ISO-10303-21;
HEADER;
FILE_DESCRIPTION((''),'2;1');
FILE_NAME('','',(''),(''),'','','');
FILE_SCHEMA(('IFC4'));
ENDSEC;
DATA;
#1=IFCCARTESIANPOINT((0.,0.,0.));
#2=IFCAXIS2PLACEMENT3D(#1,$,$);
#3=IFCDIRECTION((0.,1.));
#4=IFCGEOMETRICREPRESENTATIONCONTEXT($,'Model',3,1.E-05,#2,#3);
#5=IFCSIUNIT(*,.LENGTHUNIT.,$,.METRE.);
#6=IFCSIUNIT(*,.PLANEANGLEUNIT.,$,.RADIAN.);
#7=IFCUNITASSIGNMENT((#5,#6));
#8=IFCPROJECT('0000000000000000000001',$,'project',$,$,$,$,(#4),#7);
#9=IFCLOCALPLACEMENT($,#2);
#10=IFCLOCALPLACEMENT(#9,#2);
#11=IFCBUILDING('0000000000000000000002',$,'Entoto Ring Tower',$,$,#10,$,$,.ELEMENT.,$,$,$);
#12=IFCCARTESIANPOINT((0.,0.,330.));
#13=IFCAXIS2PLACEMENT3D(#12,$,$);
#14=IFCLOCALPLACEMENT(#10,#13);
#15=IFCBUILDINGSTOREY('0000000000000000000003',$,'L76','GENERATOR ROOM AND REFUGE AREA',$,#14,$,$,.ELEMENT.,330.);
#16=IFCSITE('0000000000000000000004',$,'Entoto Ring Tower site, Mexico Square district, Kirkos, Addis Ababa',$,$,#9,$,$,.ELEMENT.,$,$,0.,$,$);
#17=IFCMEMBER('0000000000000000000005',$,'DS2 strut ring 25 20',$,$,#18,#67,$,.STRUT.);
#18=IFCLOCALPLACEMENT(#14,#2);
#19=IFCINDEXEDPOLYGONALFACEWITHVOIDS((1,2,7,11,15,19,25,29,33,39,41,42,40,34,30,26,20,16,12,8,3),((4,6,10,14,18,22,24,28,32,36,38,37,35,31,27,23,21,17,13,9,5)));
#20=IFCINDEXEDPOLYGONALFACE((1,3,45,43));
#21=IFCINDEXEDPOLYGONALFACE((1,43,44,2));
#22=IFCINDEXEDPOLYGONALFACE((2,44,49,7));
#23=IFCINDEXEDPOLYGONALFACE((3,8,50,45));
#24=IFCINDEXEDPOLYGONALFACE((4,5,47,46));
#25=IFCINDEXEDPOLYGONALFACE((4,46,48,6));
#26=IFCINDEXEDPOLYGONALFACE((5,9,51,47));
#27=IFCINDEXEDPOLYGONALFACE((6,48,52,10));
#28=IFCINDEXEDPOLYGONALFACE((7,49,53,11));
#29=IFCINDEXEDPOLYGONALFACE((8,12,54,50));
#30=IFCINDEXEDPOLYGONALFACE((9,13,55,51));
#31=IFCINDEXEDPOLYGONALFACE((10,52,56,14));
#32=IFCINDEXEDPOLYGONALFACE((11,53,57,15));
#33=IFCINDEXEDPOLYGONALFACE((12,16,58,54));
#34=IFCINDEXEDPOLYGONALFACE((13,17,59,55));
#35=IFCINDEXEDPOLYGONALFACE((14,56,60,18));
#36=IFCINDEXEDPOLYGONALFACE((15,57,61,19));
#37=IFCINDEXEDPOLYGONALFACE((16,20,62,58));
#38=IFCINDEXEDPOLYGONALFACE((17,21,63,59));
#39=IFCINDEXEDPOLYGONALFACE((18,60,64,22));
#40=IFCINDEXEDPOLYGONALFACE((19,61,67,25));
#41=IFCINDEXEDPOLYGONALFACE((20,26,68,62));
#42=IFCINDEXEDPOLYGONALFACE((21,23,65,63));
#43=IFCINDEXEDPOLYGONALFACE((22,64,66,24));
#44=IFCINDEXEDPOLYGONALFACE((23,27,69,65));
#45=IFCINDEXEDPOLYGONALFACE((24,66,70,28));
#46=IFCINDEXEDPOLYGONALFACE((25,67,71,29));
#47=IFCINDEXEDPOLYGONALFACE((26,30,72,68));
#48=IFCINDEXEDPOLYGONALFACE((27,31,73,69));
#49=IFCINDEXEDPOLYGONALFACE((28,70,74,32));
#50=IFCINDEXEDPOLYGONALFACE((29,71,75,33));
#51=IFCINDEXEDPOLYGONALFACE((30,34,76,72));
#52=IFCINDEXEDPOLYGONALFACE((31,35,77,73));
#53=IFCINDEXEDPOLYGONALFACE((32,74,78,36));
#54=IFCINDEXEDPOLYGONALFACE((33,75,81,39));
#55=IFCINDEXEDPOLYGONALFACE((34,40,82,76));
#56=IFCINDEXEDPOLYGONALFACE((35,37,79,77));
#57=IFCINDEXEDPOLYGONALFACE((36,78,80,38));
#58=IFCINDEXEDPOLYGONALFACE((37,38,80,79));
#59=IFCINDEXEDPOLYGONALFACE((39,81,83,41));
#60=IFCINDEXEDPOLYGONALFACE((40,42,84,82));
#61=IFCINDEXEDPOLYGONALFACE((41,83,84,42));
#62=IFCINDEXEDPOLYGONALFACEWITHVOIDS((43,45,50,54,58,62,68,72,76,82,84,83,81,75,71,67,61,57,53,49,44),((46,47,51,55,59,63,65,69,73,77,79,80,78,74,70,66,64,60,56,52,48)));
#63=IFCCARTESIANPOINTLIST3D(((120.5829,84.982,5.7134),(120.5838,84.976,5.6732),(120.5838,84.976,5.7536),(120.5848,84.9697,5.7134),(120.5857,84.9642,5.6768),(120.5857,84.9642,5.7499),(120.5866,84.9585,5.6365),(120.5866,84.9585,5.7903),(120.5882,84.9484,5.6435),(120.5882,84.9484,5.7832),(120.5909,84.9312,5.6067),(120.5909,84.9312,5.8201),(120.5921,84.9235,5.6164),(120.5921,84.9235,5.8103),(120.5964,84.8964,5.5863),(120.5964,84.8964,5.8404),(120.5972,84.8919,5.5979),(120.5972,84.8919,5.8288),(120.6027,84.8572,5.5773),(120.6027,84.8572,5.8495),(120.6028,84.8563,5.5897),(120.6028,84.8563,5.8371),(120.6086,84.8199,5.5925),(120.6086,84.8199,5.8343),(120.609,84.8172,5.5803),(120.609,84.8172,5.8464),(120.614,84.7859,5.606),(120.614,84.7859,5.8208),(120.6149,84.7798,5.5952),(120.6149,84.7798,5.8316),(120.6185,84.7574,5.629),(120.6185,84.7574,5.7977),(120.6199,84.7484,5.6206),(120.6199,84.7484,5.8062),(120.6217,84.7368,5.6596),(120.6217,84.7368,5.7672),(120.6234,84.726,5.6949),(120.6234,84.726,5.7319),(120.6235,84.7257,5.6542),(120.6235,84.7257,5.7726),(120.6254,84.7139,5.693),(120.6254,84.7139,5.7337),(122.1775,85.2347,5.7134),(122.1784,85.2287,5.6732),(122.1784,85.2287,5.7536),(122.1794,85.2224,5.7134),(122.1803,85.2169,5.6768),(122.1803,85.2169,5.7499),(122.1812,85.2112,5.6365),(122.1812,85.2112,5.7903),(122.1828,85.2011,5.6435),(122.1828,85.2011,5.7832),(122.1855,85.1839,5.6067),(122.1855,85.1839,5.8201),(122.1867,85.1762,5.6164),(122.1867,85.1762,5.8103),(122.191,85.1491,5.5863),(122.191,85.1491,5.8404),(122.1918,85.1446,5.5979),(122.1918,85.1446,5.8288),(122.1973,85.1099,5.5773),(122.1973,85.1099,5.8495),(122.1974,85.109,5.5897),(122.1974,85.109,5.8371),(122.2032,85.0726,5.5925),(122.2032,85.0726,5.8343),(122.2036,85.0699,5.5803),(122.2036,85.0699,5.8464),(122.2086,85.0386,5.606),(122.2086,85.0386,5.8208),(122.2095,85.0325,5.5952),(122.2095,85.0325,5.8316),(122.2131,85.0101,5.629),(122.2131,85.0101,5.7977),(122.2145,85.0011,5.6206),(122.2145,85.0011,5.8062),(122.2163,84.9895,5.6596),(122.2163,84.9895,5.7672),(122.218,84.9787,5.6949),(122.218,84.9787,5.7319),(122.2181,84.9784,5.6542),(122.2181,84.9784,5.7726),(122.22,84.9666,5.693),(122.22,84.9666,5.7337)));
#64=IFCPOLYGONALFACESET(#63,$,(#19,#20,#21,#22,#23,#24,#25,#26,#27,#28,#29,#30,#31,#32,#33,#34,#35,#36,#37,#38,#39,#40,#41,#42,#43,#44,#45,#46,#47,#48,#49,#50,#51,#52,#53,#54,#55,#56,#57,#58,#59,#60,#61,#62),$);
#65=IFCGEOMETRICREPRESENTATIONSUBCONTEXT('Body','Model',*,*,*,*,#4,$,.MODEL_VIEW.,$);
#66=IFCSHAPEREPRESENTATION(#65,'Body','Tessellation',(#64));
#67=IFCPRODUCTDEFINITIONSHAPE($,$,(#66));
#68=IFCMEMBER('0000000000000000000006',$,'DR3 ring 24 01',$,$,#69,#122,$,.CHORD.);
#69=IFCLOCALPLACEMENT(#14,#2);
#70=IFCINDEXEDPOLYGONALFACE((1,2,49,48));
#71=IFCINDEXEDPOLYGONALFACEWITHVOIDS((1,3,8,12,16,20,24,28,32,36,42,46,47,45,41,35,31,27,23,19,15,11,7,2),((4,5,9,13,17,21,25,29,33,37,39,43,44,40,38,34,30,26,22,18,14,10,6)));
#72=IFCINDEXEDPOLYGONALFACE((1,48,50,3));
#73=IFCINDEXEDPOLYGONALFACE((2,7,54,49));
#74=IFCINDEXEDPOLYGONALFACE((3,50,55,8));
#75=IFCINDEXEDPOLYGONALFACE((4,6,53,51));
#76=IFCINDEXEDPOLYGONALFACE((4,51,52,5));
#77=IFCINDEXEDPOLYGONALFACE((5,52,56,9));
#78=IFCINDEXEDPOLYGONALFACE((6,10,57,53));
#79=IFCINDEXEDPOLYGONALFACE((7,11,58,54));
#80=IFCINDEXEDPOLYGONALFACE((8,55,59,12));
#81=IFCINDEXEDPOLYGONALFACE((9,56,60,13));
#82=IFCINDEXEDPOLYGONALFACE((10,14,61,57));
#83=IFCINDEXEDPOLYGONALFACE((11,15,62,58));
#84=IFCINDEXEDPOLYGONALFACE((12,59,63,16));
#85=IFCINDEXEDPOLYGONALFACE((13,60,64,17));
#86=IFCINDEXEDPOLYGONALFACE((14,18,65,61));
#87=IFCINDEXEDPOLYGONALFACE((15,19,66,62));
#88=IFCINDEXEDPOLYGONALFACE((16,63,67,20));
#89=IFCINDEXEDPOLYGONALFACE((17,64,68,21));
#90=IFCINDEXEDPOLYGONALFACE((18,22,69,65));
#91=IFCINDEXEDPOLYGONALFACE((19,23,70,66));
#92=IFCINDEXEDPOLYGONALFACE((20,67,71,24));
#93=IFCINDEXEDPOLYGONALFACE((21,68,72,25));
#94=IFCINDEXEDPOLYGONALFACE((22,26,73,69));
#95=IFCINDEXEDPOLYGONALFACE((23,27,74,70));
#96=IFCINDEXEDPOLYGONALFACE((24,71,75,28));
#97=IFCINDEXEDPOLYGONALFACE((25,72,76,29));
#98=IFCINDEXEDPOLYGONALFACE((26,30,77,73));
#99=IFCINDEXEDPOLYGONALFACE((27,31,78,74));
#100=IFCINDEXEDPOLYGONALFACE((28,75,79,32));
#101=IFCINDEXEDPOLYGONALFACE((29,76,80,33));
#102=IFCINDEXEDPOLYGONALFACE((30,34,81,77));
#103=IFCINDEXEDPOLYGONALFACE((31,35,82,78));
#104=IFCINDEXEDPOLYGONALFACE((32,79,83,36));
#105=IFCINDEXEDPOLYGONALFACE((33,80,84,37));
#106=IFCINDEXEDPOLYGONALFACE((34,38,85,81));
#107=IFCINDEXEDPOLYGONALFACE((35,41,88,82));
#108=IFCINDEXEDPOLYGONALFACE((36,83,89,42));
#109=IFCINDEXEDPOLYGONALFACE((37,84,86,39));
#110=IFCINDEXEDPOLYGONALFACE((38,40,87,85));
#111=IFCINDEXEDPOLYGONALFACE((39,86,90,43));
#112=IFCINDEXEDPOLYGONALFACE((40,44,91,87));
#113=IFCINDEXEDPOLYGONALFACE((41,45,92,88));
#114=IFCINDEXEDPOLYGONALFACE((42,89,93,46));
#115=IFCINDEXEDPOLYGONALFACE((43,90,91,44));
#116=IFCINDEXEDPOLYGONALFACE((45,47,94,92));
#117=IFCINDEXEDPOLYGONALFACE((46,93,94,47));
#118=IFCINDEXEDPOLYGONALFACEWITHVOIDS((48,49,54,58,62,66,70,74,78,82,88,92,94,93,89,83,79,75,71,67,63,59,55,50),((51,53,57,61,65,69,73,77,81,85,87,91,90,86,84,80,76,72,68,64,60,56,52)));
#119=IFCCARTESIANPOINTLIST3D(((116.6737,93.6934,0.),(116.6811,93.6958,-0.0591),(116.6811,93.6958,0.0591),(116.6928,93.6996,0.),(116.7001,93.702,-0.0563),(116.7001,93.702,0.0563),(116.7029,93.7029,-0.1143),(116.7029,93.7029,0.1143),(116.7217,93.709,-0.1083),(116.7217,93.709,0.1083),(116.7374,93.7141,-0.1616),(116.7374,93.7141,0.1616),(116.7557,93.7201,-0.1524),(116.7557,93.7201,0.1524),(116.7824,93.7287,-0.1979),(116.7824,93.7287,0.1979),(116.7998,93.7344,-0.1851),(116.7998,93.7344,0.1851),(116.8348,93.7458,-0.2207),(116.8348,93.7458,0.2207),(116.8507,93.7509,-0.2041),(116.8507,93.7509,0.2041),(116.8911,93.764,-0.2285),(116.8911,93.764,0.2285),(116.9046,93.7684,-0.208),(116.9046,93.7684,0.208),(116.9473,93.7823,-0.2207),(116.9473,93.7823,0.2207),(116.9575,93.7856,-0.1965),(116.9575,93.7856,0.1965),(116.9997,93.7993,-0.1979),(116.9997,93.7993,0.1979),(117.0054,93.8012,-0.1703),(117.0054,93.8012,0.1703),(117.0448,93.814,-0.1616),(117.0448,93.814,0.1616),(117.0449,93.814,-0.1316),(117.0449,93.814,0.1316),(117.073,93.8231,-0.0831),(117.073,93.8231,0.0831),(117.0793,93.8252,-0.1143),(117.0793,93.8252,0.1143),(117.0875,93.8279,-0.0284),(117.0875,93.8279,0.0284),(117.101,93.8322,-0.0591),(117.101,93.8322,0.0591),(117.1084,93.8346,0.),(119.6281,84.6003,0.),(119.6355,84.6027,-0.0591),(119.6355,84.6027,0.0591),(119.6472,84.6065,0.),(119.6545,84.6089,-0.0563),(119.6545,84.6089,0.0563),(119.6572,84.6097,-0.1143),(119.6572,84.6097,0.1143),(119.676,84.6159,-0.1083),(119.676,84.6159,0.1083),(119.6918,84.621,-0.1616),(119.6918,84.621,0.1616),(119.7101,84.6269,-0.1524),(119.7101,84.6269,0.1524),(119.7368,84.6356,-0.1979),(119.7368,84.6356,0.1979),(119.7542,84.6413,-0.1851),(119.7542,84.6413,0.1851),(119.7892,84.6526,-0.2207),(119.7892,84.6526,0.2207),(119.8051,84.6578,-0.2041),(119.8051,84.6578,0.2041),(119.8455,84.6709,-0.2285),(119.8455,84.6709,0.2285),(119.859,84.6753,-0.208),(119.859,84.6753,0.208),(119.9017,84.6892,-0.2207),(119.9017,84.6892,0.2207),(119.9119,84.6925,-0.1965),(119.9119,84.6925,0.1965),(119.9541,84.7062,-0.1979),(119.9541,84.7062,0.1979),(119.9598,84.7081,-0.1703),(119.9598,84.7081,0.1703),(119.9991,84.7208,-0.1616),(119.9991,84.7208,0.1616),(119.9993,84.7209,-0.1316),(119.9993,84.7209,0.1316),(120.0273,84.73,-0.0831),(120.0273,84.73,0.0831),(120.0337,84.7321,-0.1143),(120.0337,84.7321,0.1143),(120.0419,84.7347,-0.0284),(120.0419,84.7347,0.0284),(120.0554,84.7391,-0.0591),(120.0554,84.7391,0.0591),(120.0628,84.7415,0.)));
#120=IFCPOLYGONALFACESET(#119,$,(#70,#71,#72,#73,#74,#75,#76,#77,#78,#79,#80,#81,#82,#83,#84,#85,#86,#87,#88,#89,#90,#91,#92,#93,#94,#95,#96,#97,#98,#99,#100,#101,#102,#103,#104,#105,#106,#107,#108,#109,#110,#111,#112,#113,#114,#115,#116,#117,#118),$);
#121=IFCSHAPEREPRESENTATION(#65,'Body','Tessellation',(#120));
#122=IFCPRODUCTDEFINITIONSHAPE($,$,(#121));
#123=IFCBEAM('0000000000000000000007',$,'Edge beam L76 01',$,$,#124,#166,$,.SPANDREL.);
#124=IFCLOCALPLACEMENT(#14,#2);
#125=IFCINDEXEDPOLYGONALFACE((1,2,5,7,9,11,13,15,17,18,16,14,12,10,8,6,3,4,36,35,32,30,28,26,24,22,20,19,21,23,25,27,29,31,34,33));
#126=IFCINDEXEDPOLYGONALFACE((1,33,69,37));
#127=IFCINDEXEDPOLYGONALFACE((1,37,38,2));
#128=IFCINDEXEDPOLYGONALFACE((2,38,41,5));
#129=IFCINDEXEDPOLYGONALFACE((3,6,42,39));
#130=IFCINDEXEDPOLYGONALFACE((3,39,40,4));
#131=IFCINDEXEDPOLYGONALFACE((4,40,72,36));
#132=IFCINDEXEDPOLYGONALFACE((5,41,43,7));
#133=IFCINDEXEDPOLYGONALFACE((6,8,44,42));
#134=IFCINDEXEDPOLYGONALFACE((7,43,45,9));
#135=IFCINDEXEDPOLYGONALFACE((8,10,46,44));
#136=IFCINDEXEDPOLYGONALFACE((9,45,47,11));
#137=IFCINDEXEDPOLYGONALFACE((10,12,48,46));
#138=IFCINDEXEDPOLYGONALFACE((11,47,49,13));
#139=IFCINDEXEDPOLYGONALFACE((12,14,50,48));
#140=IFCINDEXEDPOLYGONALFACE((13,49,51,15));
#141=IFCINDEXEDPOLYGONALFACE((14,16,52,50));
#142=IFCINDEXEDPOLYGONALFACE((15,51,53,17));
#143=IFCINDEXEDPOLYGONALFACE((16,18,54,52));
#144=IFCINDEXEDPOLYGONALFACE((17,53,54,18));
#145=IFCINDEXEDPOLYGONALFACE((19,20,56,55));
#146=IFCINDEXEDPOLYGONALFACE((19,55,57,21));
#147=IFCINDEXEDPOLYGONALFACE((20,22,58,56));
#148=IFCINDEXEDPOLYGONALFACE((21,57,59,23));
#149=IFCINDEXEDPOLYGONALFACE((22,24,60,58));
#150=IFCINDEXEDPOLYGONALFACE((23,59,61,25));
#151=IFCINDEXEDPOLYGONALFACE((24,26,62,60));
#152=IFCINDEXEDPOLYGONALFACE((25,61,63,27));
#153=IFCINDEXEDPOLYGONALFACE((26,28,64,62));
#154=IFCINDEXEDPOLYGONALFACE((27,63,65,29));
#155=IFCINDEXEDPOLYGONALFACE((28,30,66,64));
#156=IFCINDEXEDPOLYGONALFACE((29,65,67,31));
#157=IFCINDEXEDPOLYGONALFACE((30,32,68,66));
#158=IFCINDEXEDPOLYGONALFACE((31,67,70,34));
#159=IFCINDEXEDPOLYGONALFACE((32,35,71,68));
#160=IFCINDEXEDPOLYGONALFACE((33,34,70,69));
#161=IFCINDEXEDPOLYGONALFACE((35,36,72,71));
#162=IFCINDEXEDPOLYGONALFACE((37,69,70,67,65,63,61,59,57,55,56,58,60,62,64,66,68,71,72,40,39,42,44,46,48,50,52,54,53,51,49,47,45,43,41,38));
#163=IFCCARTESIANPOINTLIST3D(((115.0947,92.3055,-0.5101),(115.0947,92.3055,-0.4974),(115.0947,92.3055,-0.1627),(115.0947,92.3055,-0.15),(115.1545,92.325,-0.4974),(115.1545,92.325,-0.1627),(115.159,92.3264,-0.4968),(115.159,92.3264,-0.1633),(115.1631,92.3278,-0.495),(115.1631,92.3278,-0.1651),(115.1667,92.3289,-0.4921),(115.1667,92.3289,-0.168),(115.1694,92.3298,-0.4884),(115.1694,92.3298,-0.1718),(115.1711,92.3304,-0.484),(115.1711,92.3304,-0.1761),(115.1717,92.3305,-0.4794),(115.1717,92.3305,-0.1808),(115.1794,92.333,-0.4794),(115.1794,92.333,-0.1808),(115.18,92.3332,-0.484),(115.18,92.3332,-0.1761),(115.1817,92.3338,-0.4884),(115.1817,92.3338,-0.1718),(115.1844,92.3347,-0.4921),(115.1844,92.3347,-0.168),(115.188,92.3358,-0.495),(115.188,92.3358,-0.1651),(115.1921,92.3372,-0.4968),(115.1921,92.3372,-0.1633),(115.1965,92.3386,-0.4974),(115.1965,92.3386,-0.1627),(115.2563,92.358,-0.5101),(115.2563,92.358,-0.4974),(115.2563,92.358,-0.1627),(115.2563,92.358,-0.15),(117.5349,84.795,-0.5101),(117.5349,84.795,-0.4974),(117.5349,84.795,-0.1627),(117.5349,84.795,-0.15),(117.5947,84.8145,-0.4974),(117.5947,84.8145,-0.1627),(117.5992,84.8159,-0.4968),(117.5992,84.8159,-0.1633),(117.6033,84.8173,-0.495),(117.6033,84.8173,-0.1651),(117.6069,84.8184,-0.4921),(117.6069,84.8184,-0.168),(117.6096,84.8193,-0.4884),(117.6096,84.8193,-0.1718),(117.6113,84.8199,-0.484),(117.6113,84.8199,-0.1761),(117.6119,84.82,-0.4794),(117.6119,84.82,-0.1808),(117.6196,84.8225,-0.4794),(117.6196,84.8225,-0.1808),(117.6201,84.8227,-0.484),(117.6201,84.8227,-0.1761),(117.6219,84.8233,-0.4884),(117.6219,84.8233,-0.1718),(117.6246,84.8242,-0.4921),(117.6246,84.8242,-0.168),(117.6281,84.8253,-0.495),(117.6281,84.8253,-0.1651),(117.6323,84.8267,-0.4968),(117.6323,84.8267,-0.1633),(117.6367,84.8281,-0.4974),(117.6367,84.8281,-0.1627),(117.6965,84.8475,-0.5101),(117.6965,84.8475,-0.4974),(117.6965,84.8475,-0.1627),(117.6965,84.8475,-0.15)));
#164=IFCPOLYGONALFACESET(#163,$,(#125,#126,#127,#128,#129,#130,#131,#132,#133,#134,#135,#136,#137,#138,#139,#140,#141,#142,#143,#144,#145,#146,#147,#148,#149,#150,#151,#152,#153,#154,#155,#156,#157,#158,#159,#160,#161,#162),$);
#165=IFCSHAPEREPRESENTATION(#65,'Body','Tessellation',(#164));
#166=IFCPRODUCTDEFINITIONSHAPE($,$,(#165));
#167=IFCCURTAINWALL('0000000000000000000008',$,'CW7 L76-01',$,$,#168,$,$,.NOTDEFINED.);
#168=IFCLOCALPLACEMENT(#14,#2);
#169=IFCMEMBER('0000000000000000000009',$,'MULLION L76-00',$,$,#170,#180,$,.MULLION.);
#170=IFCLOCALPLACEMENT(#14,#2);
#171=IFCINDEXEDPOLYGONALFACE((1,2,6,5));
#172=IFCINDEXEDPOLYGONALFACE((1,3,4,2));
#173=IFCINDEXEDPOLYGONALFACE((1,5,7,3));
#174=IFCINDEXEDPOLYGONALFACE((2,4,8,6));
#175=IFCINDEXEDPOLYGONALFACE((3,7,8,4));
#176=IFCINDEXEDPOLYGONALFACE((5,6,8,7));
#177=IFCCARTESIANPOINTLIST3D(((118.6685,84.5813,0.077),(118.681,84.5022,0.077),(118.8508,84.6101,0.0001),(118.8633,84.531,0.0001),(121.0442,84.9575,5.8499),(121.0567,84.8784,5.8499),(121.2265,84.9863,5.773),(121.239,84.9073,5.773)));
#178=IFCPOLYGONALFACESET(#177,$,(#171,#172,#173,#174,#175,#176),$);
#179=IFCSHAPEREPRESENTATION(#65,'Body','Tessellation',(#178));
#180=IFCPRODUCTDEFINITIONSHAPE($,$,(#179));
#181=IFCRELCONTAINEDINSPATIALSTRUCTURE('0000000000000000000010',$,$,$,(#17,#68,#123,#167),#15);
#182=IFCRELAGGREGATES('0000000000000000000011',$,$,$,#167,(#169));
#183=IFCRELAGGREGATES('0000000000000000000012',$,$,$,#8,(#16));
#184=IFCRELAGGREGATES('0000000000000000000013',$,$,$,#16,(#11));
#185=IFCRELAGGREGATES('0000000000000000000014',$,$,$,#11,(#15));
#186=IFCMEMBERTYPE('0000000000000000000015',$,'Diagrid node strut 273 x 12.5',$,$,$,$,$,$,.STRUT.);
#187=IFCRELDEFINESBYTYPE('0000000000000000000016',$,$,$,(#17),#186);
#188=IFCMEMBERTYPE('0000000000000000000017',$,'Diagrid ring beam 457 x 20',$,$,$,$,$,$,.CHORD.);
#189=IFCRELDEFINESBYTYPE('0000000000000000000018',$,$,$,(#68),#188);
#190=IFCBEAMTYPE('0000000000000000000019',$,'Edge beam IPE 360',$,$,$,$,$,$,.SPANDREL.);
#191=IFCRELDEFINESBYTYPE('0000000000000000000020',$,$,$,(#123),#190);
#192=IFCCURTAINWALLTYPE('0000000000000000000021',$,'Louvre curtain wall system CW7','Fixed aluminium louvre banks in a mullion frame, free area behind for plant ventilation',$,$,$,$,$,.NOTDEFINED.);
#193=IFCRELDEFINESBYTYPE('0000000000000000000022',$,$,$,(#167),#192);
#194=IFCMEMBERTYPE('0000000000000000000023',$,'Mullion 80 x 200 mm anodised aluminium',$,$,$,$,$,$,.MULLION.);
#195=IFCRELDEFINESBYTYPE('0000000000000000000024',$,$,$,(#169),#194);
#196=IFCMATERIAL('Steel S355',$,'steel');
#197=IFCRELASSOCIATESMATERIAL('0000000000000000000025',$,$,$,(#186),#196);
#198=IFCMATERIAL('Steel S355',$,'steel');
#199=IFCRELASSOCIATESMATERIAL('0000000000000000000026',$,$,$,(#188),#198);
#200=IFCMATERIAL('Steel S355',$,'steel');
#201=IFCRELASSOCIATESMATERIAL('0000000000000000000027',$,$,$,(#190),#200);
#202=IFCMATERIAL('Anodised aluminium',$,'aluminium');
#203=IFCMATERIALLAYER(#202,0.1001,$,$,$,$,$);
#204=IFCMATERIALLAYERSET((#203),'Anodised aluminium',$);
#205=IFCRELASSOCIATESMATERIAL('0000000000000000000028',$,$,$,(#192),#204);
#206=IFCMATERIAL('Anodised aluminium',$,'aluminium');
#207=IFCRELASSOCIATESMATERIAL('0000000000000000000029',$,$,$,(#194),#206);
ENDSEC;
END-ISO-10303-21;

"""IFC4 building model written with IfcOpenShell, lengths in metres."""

from ifc_helpers import new_model, si_unit, direction, frame, origin, origin_2d, place, context, subcontext, project, spatial, rectangle, circle, hollow_circle, i_section, extrude, material, layer, layer_set, material_profile, profile_set, type_object, element, aggregate, save


model = new_model("IFC4")

# Units and contexts
model_context = context("Model", 3, precision=1e-05, world=origin(), true_north=direction((0.0, 1.0)))
body_context = subcontext(model_context, "Body", "Model", "MODEL_VIEW")
ifc_project = project(units=[si_unit("LENGTHUNIT", "METRE"), si_unit("PLANEANGLEUNIT", "RADIAN")], contexts=[model_context])

# Site, building, storey
site_placement = place(None, origin())
site = spatial("IfcSite", under=ifc_project, at=site_placement, Name="Entoto Ring Tower site, Mexico Square district, Kirkos, Addis Ababa", CompositionType="ELEMENT", RefElevation=0.0)
building_placement = place(site_placement, origin())
building = spatial("IfcBuilding", under=site, at=building_placement, Name="Entoto Ring Tower", CompositionType="ELEMENT")
storey_placement = place(building_placement, frame((0.0, 0.0, 330.0)))
storey = spatial("IfcBuildingStorey", under=building, at=storey_placement, Name="L76", Description="GENERATOR ROOM AND REFUGE AREA", CompositionType="ELEMENT", Elevation=330.0)

# Members
ifc_material_1 = material(Name="Steel S355", Category="steel")
ifc_material_profile_1 = material_profile(ifc_material_1, hollow_circle(Radius=0.1365, WallThickness=0.0125, at=origin_2d()), Name="CHS 273 x 12.5")
ifc_material_2 = material(Name="Concrete C60/75", Category="concrete")
ifc_material_profile_2 = material_profile(ifc_material_2, circle(Radius=0.124, at=origin_2d()), Name="Concrete C60/75 infill")
ifc_profile_set_1 = profile_set([ifc_material_profile_1, ifc_material_profile_2], Name="Steel S355")
member_type_1 = type_object("IfcMemberType", Name="Diagrid node strut 273 x 12.5", PredefinedType="STRUT", material=ifc_profile_set_1)
member_1_placement = place(storey_placement, frame((120.6042, 84.8472, 5.7134), z_axis=(0.987675, 0.156522, 0.0), x_axis=(-0.156522, 0.987675, 0.0)))
element("IfcMember", 1, at=member_1_placement, inside=storey, type_object=member_type_1, Name="DS2 strut ring 25 20", PredefinedType="STRUT", context=body_context, shape_type="SweptSolid", body=[
    extrude(hollow_circle(Radius=0.1365, WallThickness=0.0125, at=origin_2d()), origin(), (0.0, 0.0, 1.0), 1.6145),
])
ifc_material_3 = material(Name="Steel S355", Category="steel")
ifc_material_profile_3 = material_profile(ifc_material_3, hollow_circle(Radius=0.2285, WallThickness=0.02, at=origin_2d()), Name="CHS 457 x 20")
ifc_material_4 = material(Name="Concrete C60/75", Category="concrete")
ifc_material_profile_4 = material_profile(ifc_material_4, circle(Radius=0.2085, at=origin_2d()), Name="Concrete C60/75 infill")
ifc_profile_set_2 = profile_set([ifc_material_profile_3, ifc_material_profile_4], Name="Steel S355")
member_type_2 = type_object("IfcMemberType", Name="Diagrid ring beam 457 x 20", PredefinedType="CHORD", material=ifc_profile_set_2)
member_2_placement = place(storey_placement, frame((119.8455, 84.6709, 0.0), z_axis=(-0.309002, 0.951061, 0.0), x_axis=(-0.951061, -0.309002, 0.0)))
element("IfcMember", 2, at=member_2_placement, inside=storey, type_object=member_type_2, Name="DR3 ring 24 01", PredefinedType="CHORD", context=body_context, shape_type="SweptSolid", body=[
    extrude(hollow_circle(Radius=0.2285, WallThickness=0.02, at=origin_2d()), origin(), (0.0, 0.0, 1.0), 9.561),
])

# Beam
ifc_material_5 = material(Name="Steel S355", Category="steel")
ifc_material_profile_5 = material_profile(ifc_material_5, i_section(OverallWidth=0.1699, OverallDepth=0.3601, WebThickness=0.0081, FlangeThickness=0.0127, FilletRadius=0.0181, at=origin_2d()), Name="IPE 360")
ifc_profile_set_3 = profile_set([ifc_material_profile_5], Name="Steel S355")
beam_type_1 = type_object("IfcBeamType", Name="Edge beam IPE 360", PredefinedType="SPANDREL", material=ifc_profile_set_3)
beam_1_placement = place(storey_placement, frame((117.6157, 84.8213, -0.3301), z_axis=(-0.309003, 0.951061, 0.0), x_axis=(-0.951061, -0.309003, 0.0)))
element("IfcBeam", 3, at=beam_1_placement, inside=storey, type_object=beam_type_1, Name="Edge beam L76 01", PredefinedType="SPANDREL", context=body_context, shape_type="SweptSolid", body=[
    extrude(i_section(OverallWidth=0.1699, OverallDepth=0.3601, WebThickness=0.0081, FlangeThickness=0.0127, FilletRadius=0.0181, at=origin_2d()), origin(), (0.0, 0.0, 1.0), 7.897),
])

# Curtain wall, member
ifc_material_6 = material(Name="Anodised aluminium", Category="aluminium")
ifc_layer_1 = layer(ifc_material_6, 0.1001)
ifc_layer_set_1 = layer_set([ifc_layer_1], Name="Anodised aluminium")
curtain_wall_type = type_object("IfcCurtainWallType", Name="Louvre curtain wall system CW7", Description="Fixed aluminium louvre banks in a mullion frame, free area behind for plant ventilation", PredefinedType="NOTDEFINED", material=ifc_layer_set_1)
curtain_wall_placement = place(storey_placement, origin())
curtain_wall = element("IfcCurtainWall", 4, at=curtain_wall_placement, inside=storey, type_object=curtain_wall_type, Name="CW7 L76-01", PredefinedType="NOTDEFINED")
ifc_material_7 = material(Name="Anodised aluminium", Category="aluminium")
ifc_material_profile_6 = material_profile(ifc_material_7, rectangle(XDim=0.0801, YDim=0.2, at=origin_2d()), Name="Mullion 80 x 200 mm anodised aluminium")
ifc_profile_set_4 = profile_set([ifc_material_profile_6], Name="Anodised aluminium")
member_type_3 = type_object("IfcMemberType", Name="Mullion 80 x 200 mm anodised aluminium", PredefinedType="MULLION", material=ifc_profile_set_4)
member_3_placement = place(storey_placement, frame((118.7659, 84.5562, 0.0386), z_axis=(0.379874, 0.060157, 0.92308), x_axis=(-0.156411, 0.987692, 0.0)))
member_3 = element("IfcMember", 5, at=member_3_placement, type_object=member_type_3, Name="MULLION L76-00", PredefinedType="MULLION", context=body_context, shape_type="SweptSolid", body=[
    extrude(rectangle(XDim=0.0801, YDim=0.2, at=origin_2d()), origin(), (0.0, 0.0, 1.0), 6.2539),
])
aggregate(curtain_wall, [member_3])

save(model, "model.ifc")
